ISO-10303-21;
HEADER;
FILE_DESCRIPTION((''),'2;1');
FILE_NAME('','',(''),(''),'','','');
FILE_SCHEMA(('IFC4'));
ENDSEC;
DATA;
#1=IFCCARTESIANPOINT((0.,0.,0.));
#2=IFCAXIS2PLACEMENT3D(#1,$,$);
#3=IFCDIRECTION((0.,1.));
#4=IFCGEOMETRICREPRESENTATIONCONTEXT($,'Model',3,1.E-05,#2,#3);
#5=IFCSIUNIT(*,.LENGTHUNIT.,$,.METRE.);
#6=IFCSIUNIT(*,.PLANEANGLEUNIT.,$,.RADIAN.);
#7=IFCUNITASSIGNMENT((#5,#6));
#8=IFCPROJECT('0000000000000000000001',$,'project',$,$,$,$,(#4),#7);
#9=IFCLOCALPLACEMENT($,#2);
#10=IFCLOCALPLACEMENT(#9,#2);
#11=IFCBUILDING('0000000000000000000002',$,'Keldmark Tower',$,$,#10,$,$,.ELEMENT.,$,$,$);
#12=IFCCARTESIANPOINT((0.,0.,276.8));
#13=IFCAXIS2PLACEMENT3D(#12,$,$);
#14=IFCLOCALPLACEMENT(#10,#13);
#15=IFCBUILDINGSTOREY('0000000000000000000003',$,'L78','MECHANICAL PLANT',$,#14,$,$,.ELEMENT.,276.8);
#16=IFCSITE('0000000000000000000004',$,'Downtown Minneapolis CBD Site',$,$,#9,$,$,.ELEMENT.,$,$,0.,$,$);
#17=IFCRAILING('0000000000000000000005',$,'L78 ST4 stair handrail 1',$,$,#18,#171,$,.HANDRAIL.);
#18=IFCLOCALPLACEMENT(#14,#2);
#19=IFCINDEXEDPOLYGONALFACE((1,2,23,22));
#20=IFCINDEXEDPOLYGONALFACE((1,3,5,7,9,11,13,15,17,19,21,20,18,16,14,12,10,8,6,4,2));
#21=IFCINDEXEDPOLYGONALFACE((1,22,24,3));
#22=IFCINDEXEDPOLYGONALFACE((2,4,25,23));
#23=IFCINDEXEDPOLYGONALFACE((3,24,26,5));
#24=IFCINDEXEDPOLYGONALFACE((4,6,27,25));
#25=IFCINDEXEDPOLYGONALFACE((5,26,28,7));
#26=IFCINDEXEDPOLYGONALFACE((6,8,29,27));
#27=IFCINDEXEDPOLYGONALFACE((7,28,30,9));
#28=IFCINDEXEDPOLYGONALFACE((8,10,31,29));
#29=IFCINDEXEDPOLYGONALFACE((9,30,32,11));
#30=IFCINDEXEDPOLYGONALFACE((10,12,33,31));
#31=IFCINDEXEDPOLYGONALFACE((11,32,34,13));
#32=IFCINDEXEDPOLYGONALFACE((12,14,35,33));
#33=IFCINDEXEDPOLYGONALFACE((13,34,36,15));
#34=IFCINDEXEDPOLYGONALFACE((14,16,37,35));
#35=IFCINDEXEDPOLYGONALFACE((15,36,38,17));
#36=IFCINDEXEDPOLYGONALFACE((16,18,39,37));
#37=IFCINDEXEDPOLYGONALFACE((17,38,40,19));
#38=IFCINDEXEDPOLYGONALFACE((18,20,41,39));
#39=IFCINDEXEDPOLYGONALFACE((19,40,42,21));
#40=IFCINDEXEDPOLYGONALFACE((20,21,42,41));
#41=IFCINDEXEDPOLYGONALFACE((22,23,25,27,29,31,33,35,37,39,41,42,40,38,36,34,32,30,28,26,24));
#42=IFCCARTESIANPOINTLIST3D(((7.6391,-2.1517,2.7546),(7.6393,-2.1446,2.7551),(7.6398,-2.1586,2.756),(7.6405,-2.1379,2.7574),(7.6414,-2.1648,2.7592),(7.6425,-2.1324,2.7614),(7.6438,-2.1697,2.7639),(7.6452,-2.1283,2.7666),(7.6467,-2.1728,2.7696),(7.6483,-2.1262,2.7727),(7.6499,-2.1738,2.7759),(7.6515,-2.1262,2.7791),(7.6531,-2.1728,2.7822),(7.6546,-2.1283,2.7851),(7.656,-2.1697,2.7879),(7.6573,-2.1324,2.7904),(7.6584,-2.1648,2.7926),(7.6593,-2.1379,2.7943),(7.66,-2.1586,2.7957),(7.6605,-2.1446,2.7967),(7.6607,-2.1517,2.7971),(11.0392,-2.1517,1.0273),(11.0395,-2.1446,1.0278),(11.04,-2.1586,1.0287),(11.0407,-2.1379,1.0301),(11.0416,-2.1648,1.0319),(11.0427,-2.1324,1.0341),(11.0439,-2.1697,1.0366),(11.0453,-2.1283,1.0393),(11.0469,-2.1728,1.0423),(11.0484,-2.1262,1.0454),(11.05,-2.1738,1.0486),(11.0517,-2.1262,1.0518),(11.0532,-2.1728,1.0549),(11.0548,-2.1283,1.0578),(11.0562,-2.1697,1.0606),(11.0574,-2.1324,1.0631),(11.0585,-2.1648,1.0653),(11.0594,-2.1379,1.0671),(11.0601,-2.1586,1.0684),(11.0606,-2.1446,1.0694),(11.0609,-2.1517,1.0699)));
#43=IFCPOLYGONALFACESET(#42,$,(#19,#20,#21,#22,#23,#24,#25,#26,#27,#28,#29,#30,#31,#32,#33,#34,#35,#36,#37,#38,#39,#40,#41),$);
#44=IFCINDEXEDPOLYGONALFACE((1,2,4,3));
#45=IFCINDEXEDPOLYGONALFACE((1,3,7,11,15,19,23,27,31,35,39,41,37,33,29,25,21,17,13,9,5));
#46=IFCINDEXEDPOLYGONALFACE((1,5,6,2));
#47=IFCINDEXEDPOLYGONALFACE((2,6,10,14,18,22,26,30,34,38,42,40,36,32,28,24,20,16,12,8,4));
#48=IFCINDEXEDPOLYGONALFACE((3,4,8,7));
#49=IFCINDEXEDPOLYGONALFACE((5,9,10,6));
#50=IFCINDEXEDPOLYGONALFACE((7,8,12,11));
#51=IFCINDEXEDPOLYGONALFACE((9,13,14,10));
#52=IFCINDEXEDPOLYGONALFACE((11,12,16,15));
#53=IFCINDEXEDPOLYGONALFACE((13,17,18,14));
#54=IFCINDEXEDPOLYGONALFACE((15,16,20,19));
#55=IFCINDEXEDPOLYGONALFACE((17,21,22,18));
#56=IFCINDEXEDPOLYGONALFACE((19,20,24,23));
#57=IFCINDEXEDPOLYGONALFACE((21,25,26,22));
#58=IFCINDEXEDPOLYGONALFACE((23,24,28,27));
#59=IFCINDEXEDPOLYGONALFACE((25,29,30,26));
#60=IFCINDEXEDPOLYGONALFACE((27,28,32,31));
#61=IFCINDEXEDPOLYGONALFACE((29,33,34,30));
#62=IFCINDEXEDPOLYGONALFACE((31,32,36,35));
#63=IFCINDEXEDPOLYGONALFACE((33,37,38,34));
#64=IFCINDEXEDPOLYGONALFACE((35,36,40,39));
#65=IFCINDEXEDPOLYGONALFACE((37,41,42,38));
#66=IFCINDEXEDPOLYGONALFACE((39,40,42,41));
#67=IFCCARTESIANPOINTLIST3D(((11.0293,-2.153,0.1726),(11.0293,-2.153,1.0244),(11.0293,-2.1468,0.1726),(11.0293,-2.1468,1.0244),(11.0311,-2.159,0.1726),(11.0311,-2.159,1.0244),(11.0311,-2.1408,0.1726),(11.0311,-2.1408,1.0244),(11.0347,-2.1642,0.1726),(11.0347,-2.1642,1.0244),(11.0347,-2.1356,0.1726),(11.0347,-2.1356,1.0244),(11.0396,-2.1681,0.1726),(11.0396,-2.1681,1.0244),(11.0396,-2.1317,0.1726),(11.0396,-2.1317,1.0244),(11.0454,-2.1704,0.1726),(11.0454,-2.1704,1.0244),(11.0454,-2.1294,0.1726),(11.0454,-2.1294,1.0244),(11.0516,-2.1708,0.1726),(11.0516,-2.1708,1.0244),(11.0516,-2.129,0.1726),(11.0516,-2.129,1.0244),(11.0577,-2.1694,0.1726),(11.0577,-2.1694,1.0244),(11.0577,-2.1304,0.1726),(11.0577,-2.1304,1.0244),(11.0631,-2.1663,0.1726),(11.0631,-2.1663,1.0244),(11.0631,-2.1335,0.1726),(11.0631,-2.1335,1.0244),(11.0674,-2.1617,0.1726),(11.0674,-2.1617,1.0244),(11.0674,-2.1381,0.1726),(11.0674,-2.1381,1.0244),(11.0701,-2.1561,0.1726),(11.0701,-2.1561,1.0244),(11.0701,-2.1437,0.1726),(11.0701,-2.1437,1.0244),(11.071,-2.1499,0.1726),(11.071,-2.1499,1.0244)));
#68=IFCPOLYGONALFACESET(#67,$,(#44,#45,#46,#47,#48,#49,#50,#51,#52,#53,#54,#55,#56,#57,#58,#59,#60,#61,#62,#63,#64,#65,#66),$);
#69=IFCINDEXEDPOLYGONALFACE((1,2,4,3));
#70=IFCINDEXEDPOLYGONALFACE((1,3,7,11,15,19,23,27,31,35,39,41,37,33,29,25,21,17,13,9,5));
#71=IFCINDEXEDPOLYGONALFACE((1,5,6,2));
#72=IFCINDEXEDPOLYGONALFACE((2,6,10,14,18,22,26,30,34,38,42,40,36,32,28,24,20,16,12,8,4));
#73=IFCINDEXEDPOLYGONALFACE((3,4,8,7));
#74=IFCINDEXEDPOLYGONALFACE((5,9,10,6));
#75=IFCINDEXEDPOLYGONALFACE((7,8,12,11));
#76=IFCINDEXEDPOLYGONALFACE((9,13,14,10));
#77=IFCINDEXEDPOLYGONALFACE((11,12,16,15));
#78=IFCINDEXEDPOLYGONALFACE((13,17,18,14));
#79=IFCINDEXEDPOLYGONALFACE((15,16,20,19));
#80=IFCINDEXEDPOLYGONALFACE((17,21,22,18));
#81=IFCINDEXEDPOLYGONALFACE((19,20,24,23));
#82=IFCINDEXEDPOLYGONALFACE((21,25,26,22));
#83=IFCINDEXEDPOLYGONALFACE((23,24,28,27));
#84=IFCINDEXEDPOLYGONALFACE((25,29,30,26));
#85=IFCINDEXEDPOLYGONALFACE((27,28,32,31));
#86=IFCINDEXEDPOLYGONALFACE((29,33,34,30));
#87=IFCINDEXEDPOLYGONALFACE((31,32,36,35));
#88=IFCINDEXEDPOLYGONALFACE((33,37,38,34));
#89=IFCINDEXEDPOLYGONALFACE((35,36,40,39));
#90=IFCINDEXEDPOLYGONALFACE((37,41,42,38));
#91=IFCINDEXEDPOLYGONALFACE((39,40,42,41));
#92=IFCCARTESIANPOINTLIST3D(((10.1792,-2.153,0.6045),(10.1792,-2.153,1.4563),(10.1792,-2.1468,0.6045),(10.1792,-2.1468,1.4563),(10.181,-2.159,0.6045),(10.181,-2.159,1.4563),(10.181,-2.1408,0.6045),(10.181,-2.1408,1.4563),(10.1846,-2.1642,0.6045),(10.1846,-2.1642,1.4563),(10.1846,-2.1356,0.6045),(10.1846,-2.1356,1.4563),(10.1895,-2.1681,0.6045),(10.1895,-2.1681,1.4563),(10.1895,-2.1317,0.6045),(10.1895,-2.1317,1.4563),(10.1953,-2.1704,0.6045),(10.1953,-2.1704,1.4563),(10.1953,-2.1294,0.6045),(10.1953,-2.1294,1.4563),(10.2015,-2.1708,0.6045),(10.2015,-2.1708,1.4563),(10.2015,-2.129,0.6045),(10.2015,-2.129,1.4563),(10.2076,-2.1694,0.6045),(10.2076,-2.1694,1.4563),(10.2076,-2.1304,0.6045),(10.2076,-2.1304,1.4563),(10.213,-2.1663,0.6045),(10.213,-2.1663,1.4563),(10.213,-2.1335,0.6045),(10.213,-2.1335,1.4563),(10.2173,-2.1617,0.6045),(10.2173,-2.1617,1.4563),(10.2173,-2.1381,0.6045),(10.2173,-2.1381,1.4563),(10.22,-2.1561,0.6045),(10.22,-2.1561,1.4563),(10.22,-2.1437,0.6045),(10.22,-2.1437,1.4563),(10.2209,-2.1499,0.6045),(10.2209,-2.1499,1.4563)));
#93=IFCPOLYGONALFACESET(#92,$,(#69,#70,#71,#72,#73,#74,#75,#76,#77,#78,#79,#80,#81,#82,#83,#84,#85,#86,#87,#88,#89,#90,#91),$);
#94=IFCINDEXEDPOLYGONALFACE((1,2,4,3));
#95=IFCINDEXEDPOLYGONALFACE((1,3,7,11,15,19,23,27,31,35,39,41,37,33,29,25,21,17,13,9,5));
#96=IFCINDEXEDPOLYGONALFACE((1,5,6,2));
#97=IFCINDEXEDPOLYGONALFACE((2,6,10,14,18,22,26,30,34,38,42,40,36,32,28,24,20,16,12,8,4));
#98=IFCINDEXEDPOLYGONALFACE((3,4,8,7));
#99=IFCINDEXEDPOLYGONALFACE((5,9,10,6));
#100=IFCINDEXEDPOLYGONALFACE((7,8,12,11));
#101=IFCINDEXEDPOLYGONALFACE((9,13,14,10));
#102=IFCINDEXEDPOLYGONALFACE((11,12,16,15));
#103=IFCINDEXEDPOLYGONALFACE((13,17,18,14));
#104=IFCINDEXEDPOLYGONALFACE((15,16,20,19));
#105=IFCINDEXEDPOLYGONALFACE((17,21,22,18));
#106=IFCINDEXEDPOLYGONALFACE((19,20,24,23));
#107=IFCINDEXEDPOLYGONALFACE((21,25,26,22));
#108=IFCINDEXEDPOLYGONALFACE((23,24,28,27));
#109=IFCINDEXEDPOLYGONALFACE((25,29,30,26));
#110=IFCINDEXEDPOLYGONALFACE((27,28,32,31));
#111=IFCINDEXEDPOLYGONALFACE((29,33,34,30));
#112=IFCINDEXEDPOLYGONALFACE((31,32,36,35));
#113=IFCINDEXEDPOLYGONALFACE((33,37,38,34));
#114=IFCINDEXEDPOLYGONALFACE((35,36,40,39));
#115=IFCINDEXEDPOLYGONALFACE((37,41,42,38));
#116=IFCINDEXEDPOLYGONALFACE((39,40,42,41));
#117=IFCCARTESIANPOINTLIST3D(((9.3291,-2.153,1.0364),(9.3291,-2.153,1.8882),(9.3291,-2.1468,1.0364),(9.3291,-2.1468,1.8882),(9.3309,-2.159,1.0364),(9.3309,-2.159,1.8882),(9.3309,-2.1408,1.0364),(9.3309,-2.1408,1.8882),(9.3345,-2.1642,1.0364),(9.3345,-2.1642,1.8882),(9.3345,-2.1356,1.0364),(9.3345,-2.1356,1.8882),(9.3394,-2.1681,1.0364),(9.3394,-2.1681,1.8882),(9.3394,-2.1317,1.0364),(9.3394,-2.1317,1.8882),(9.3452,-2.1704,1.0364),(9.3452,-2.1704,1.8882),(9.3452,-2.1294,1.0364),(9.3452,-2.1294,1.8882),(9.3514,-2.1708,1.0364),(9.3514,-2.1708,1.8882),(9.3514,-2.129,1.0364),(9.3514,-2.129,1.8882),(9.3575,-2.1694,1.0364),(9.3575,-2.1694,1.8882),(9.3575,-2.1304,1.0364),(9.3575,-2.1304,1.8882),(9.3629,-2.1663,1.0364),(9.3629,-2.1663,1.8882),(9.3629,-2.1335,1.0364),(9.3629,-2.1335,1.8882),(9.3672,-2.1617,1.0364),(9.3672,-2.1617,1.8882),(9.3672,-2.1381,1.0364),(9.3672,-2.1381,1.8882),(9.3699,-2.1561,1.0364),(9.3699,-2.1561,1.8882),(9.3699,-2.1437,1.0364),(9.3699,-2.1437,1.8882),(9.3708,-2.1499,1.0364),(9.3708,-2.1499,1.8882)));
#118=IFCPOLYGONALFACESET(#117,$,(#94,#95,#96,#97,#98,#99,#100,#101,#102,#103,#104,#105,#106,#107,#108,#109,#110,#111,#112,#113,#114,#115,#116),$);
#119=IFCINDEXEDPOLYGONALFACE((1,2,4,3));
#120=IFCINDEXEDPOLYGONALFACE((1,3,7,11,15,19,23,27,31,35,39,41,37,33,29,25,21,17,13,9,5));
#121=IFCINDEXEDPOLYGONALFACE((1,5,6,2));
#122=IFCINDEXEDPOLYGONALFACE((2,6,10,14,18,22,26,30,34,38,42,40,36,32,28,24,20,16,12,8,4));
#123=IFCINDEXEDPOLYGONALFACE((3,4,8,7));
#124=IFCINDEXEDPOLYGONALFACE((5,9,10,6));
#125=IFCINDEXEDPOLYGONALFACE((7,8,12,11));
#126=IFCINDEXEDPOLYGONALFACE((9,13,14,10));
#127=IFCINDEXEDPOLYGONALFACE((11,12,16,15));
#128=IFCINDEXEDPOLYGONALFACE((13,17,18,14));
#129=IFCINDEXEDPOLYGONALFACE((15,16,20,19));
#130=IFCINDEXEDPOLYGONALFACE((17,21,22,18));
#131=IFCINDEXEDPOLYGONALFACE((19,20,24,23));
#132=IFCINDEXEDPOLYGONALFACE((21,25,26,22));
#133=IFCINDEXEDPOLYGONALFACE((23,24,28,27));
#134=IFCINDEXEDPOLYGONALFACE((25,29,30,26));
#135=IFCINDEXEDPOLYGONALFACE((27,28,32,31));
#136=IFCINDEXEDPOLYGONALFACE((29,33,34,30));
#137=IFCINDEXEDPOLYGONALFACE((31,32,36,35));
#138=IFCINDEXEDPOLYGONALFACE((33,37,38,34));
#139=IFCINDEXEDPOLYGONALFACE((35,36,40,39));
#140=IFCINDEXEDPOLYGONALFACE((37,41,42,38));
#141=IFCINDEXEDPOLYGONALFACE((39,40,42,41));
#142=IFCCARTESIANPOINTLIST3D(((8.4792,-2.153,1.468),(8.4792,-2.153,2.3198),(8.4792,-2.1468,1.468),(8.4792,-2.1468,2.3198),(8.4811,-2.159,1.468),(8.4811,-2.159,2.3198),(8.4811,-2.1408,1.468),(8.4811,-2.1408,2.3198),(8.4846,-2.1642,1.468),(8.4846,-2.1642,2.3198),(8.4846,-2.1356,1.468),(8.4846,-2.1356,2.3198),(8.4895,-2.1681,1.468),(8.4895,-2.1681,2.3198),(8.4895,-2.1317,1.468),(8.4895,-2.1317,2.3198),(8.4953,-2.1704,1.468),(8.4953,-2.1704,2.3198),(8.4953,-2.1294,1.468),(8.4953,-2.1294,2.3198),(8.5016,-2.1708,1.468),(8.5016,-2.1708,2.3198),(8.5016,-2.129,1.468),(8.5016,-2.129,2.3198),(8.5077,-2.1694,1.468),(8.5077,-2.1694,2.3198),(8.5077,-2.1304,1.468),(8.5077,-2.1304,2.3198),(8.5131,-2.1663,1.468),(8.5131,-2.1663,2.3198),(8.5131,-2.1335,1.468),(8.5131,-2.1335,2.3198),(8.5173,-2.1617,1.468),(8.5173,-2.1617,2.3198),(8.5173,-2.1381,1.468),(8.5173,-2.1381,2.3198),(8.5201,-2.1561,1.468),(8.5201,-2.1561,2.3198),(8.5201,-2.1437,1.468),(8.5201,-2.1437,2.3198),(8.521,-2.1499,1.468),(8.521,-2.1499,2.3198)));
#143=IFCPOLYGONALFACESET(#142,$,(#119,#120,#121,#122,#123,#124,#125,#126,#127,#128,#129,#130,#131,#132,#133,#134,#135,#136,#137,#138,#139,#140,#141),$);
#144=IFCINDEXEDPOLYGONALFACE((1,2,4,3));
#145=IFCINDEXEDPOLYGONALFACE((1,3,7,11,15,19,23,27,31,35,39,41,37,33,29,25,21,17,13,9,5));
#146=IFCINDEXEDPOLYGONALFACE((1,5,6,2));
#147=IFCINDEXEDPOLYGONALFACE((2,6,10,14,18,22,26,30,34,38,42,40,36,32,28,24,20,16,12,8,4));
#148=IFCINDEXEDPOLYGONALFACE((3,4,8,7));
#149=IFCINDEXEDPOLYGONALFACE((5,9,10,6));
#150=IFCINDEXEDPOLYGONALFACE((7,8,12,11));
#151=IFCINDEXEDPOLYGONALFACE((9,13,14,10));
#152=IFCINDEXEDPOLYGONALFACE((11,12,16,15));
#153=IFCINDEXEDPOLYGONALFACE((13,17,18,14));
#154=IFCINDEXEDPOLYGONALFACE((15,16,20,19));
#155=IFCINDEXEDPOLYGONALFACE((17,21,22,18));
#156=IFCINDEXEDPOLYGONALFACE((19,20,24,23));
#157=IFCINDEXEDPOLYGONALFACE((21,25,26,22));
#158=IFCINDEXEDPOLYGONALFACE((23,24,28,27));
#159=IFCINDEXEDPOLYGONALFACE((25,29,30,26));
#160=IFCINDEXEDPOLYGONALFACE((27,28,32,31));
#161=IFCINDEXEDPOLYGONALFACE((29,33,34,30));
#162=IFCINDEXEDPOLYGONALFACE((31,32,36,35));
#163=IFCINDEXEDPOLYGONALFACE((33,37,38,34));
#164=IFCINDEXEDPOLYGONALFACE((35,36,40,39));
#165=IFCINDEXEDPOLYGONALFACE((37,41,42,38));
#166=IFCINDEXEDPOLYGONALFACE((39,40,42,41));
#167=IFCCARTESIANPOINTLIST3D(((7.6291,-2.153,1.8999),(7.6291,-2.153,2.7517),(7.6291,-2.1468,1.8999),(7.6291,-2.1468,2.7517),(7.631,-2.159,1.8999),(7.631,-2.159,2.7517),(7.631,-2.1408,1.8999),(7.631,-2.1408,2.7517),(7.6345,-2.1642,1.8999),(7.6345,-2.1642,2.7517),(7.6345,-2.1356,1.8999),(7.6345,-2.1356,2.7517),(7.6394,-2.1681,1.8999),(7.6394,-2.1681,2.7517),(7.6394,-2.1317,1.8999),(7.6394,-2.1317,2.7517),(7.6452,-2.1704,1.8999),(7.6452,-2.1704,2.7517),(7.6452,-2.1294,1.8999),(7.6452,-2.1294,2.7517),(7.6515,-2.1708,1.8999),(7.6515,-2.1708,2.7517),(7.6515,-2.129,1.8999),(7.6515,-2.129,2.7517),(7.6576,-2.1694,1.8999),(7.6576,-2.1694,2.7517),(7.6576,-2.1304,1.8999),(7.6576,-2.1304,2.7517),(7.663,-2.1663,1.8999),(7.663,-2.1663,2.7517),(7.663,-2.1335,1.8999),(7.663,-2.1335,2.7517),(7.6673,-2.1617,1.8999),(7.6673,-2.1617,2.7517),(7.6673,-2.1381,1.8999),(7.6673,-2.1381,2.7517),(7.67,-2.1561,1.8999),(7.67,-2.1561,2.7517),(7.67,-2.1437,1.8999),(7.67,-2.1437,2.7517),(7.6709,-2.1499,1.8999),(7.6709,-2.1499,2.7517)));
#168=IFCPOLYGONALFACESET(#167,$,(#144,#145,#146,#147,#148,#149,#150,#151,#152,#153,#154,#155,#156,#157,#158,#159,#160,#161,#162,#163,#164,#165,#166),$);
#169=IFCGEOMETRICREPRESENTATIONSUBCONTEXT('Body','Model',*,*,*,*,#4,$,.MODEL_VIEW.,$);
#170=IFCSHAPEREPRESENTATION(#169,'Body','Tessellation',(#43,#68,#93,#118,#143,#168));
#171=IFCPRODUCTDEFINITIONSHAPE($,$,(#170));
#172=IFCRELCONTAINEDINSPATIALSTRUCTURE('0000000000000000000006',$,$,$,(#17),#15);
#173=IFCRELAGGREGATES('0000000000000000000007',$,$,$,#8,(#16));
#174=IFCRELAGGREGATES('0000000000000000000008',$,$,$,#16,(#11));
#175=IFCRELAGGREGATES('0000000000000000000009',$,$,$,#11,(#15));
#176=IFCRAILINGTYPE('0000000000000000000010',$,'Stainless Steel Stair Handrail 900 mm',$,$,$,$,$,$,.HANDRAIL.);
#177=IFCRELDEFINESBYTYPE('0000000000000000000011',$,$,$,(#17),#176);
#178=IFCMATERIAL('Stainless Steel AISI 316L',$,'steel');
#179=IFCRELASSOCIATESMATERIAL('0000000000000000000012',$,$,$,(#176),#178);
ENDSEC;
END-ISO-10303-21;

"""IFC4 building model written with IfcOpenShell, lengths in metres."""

from ifc_helpers import new_model, si_unit, direction, frame, origin, origin_2d, place, context, subcontext, project, spatial, circle, extrude, material, type_object, element, save


model = new_model("IFC4")

# Units and contexts
model_context = context("Model", 3, precision=1e-05, world=origin(), true_north=direction((0.0, 1.0)))
body_context = subcontext(model_context, "Body", "Model", "MODEL_VIEW")
ifc_project = project(units=[si_unit("LENGTHUNIT", "METRE"), si_unit("PLANEANGLEUNIT", "RADIAN")], contexts=[model_context])

# Site, building, storey
site_placement = place(None, origin())
site = spatial("IfcSite", under=ifc_project, at=site_placement, Name="Downtown Minneapolis CBD Site", CompositionType="ELEMENT", RefElevation=0.0)
building_placement = place(site_placement, origin())
building = spatial("IfcBuilding", under=site, at=building_placement, Name="Keldmark Tower", CompositionType="ELEMENT")
storey_placement = place(building_placement, frame((0.0, 0.0, 276.8)))
storey = spatial("IfcBuildingStorey", under=building, at=storey_placement, Name="L78", Description="MECHANICAL PLANT", CompositionType="ELEMENT", Elevation=276.8)

# Railing
ifc_material_1 = material(Name="Stainless Steel AISI 316L", Category="steel")
railing_type_1 = type_object("IfcRailingType", Name="Stainless Steel Stair Handrail 900 mm", PredefinedType="HANDRAIL", material=ifc_material_1)
railing_1_placement = place(storey_placement, frame((11.05, -2.1499, 0.1726)))
element("IfcRailing", 1, at=railing_1_placement, inside=storey, type_object=railing_type_1, Name="L78 ST4 stair handrail 1", PredefinedType="HANDRAIL", context=body_context, shape_type="SweptSolid", body=[
    extrude(circle(Radius=0.0239, at=origin_2d()), frame((0.0, 0.0, 0.876), z_axis=(-0.891554, 0.0, 0.452915), x_axis=(0.0, -1.0, 0.0)), (0.0, 0.0, 1.0), 3.8137),
    extrude(circle(Radius=0.021, at=origin_2d()), origin(), (0.0, 0.0, 1.0), 0.8518),
    extrude(circle(Radius=0.021, at=origin_2d()), frame((-0.8501, 0.0, 0.4319)), (0.0, 0.0, 1.0), 0.8518),
    extrude(circle(Radius=0.021, at=origin_2d()), frame((-1.7002, 0.0, 0.8638)), (0.0, 0.0, 1.0), 0.8518),
    extrude(circle(Radius=0.021, at=origin_2d()), frame((-2.55, 0.0, 1.2954)), (0.0, 0.0, 1.0), 0.8518),
    extrude(circle(Radius=0.021, at=origin_2d()), frame((-3.4001, 0.0, 1.7273)), (0.0, 0.0, 1.0), 0.8518),
])

save(model, "model.ifc")
